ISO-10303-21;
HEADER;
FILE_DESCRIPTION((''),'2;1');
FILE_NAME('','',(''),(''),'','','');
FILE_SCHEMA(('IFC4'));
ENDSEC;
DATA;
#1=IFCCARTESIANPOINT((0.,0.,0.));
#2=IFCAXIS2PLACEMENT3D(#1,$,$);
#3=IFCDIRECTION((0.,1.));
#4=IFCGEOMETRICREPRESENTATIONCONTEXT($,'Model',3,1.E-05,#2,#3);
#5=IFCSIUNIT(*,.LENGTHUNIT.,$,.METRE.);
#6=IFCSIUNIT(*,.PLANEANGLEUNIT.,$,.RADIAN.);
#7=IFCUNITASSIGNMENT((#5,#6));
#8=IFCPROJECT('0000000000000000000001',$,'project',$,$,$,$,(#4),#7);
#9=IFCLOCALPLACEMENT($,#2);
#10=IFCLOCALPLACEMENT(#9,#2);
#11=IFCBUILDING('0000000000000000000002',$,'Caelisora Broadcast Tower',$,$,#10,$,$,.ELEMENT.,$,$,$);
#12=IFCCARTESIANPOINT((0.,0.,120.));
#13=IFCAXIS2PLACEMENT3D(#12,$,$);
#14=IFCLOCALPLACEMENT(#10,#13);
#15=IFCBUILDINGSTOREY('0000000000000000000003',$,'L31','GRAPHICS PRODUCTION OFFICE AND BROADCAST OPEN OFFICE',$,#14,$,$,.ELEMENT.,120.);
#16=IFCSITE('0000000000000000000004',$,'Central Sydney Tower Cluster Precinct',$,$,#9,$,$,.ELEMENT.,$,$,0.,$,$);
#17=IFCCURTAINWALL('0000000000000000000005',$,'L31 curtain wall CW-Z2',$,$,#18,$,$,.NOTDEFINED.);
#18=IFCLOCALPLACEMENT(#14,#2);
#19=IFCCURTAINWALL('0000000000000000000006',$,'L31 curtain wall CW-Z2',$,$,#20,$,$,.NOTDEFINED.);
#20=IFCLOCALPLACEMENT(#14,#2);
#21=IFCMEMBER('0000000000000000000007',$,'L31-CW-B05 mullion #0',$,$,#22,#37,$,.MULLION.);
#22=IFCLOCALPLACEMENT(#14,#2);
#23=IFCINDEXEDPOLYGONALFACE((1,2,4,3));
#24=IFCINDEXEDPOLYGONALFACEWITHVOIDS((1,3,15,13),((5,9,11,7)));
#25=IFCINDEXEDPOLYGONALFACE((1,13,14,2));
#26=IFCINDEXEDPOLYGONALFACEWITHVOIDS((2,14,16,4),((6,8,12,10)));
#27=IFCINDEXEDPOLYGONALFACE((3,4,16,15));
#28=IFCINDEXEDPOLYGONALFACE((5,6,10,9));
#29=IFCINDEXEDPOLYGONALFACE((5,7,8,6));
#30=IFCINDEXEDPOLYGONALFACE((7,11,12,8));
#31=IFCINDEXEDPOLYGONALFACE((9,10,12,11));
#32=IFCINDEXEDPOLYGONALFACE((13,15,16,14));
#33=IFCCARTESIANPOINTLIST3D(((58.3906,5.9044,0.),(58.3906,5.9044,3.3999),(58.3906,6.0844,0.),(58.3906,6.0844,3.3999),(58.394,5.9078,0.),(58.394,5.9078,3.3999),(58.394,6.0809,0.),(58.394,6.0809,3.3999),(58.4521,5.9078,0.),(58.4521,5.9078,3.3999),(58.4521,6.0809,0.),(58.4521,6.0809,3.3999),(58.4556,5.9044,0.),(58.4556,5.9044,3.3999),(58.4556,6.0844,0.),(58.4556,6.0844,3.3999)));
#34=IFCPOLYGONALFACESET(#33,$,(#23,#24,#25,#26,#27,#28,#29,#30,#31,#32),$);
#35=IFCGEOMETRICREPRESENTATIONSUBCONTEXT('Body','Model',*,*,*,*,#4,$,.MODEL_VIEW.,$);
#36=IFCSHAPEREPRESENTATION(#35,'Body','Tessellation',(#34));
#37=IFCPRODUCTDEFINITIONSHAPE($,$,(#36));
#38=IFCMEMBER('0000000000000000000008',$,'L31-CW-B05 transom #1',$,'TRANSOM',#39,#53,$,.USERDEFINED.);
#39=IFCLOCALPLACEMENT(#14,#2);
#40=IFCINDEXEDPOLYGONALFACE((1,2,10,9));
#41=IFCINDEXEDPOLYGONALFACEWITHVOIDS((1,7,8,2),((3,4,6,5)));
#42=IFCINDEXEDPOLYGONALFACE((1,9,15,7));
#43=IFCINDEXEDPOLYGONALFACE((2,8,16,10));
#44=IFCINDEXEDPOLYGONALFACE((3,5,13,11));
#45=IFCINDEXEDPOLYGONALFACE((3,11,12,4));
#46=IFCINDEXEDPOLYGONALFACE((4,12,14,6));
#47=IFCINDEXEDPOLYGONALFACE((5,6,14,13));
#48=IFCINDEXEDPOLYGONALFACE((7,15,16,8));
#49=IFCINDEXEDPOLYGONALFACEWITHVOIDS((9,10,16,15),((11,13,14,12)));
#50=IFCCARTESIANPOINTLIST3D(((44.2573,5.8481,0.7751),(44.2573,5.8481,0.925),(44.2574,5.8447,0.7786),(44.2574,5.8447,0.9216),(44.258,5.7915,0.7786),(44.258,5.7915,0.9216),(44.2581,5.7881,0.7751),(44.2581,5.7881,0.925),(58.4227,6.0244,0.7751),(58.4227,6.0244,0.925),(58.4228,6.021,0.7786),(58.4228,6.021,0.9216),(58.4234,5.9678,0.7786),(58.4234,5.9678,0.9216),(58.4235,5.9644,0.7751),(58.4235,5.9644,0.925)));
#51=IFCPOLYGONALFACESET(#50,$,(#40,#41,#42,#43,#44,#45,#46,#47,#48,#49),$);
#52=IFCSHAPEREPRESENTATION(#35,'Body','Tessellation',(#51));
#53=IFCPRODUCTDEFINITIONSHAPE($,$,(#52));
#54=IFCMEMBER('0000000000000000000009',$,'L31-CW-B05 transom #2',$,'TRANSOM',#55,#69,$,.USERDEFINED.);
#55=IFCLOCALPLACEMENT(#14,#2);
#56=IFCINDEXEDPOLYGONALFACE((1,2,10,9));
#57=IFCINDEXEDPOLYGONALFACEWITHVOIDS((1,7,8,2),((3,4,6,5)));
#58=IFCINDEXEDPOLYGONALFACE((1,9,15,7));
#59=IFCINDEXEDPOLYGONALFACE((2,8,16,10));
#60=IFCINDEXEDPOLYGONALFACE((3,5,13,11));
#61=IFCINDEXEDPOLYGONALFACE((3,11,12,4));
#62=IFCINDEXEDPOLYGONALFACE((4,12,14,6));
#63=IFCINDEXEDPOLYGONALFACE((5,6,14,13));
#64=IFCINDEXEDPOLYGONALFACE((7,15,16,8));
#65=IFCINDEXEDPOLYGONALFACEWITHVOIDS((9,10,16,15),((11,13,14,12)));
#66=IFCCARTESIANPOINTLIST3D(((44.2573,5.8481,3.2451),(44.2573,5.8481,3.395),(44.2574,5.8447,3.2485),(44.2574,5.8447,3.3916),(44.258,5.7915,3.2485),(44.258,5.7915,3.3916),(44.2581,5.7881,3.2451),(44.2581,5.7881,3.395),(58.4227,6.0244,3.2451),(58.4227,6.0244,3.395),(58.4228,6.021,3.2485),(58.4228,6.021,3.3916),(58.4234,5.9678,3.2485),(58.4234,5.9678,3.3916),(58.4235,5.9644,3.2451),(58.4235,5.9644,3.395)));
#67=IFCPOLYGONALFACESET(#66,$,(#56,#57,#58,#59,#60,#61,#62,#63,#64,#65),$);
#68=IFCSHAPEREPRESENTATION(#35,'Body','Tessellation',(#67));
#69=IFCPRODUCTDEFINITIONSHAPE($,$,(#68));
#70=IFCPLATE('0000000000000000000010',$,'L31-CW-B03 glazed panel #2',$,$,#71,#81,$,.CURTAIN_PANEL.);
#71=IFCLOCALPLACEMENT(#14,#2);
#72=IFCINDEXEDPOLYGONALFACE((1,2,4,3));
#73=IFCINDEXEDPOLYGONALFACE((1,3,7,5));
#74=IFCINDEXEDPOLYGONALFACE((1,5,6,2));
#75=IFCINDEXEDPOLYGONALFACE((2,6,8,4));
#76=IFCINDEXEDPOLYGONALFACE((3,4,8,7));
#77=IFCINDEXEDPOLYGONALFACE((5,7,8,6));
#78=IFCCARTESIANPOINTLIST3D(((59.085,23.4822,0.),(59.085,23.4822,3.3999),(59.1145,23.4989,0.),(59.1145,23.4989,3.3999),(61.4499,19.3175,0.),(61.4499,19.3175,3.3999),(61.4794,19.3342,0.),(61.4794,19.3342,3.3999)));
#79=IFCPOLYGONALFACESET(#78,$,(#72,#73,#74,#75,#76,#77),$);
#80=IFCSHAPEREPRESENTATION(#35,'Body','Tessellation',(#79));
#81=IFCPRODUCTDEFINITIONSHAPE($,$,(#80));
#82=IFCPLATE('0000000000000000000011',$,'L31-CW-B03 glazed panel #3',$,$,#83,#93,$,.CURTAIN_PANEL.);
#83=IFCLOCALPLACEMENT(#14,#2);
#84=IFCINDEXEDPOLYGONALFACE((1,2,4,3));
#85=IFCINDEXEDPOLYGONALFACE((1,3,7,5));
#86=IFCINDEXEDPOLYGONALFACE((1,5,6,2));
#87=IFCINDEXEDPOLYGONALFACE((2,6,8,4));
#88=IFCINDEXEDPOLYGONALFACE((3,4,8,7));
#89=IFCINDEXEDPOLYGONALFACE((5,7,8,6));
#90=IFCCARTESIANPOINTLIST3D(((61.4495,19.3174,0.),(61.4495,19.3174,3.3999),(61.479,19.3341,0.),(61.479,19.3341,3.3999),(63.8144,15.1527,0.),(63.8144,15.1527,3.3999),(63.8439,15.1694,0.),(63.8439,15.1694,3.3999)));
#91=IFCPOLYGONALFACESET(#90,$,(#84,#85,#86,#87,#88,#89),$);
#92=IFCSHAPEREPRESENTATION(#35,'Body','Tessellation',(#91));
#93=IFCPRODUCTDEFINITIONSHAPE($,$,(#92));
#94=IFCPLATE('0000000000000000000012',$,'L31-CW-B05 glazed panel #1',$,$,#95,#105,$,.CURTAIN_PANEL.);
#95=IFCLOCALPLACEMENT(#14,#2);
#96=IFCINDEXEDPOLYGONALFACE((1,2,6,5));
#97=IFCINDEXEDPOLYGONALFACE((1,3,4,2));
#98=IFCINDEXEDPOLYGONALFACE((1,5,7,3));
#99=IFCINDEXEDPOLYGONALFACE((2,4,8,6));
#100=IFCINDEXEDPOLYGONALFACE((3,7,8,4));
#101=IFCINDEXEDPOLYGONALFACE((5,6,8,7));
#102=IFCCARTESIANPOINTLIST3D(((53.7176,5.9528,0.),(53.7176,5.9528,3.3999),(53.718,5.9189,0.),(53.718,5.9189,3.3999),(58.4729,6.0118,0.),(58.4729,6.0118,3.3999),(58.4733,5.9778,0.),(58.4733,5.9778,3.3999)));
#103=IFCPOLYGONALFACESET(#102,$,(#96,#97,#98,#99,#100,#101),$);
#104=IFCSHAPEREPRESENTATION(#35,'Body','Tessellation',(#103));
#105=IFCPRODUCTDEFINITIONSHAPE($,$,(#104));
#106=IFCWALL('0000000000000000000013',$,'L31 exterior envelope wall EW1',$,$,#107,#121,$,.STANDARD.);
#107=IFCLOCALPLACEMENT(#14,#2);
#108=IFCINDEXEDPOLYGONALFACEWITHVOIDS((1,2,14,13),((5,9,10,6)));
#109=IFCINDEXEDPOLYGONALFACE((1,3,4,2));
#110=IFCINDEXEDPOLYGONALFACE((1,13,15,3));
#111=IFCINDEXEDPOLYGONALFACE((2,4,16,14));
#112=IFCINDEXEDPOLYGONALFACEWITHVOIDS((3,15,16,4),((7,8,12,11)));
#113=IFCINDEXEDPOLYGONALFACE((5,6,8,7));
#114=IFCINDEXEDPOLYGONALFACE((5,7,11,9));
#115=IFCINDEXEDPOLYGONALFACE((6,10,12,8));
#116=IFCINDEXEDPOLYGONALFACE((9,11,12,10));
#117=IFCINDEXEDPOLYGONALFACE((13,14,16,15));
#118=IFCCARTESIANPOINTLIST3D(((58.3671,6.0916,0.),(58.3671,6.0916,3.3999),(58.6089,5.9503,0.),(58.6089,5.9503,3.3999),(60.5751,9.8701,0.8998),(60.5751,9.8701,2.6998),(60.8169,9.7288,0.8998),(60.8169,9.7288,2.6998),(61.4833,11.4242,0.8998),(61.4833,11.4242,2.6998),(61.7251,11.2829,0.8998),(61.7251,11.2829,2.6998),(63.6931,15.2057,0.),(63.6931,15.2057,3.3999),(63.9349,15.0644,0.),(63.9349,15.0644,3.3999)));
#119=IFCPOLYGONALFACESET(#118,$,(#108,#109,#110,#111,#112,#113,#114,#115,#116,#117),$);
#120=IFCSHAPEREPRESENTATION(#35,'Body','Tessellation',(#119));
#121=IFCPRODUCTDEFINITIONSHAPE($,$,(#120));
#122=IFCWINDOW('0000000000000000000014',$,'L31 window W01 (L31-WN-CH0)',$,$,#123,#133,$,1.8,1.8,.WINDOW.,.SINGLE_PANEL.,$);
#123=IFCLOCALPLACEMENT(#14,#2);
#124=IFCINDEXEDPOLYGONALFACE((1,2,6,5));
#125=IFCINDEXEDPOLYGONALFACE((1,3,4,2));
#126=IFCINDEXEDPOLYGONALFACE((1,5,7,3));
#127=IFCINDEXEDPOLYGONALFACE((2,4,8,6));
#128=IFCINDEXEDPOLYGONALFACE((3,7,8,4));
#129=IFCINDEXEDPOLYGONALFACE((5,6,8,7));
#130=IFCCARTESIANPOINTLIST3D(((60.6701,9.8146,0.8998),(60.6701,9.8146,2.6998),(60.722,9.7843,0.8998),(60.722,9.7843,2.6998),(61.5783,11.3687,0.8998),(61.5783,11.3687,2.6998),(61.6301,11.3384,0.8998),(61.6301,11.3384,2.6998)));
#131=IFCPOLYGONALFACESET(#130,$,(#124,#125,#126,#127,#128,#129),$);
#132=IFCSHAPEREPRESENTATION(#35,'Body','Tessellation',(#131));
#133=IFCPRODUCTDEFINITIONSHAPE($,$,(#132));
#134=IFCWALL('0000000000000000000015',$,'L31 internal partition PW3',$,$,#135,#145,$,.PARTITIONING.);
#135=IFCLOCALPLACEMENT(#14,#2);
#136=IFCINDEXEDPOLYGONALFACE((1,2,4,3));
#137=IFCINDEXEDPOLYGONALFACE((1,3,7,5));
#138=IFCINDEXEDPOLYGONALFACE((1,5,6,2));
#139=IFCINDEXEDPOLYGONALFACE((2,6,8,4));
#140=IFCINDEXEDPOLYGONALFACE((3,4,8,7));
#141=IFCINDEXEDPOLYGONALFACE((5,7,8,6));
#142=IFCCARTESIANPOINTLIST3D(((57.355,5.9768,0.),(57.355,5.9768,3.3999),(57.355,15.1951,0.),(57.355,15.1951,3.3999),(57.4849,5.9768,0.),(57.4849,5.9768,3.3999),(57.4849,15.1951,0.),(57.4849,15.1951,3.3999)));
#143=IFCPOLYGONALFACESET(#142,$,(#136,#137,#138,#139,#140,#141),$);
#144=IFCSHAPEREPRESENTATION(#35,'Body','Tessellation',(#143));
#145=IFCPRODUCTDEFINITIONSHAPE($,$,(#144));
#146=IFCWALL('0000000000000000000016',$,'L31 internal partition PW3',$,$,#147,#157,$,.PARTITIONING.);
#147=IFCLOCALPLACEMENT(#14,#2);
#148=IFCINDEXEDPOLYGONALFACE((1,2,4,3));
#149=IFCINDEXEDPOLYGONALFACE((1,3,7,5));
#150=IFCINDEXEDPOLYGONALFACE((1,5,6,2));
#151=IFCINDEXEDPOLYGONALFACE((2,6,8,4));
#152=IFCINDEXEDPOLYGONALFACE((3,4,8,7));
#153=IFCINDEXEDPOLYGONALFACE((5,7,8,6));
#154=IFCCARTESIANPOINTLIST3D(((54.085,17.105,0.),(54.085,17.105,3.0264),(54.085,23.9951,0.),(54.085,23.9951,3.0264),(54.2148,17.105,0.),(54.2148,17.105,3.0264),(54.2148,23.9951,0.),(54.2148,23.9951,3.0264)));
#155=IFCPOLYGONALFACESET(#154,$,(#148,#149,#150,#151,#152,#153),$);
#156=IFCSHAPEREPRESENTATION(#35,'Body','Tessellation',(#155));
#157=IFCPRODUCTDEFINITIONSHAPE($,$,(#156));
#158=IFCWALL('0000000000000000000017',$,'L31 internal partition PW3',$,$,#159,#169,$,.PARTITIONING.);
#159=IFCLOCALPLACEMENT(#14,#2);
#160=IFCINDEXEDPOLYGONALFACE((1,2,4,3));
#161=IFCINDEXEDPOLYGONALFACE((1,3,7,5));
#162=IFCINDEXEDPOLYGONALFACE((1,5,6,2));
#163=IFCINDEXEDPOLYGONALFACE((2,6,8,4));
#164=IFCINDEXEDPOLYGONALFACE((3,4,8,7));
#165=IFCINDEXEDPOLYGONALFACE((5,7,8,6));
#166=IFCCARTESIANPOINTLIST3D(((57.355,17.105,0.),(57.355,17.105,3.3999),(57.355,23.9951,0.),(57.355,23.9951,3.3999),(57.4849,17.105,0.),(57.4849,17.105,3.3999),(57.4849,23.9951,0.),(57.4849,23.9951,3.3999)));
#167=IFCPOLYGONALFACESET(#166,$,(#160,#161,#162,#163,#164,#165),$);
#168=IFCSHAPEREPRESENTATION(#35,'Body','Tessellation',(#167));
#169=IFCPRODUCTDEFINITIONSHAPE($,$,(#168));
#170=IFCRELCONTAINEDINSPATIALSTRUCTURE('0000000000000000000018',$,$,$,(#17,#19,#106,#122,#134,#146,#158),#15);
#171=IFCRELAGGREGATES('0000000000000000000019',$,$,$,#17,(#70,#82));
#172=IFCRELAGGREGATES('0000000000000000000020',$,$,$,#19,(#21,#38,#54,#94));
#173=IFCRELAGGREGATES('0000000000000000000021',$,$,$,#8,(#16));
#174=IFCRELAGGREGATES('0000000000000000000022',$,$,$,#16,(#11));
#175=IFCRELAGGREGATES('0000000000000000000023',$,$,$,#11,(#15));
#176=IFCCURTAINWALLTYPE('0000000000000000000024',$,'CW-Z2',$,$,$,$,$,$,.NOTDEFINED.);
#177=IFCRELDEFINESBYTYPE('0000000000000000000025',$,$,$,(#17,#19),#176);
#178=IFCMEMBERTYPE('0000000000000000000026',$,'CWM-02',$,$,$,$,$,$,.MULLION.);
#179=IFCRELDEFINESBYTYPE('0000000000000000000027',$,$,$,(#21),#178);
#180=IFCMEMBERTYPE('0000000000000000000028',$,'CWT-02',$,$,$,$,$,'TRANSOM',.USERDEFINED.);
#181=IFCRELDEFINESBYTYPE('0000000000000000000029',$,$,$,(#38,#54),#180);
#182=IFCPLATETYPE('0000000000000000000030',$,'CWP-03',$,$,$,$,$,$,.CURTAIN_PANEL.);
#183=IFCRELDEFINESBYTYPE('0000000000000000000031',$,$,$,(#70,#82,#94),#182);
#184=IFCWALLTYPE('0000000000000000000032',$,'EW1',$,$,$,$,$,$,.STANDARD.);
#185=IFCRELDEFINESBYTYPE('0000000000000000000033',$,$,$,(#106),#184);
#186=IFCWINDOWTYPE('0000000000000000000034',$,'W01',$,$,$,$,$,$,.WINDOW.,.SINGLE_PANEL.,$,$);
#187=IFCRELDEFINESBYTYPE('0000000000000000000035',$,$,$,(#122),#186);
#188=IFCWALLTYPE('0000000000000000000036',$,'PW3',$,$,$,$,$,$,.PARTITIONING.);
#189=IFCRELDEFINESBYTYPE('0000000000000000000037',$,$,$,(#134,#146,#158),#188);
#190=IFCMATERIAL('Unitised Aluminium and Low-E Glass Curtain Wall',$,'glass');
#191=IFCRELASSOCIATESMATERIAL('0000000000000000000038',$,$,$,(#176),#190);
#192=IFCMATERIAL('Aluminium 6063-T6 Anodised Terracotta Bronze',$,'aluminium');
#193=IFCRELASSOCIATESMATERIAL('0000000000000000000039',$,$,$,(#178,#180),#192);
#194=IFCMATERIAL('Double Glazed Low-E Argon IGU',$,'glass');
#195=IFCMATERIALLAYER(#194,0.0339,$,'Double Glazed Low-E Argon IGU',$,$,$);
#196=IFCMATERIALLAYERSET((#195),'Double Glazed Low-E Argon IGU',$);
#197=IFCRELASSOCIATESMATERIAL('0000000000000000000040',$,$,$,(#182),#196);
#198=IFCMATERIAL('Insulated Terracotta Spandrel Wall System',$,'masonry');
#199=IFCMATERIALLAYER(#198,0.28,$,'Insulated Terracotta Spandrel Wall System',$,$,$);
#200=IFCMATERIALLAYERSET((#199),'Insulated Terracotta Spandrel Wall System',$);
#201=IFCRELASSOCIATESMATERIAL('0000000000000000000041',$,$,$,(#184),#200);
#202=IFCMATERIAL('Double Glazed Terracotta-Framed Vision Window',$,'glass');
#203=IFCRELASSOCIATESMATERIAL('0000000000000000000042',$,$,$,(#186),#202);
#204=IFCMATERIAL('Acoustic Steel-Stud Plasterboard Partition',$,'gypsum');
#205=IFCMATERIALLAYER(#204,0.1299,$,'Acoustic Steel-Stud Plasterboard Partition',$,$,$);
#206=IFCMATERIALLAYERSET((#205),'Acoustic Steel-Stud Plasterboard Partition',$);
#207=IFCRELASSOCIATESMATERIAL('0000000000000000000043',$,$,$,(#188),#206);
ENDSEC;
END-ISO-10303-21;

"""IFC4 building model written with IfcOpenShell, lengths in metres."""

from ifc_helpers import new_model, si_unit, direction, frame, frame_2d, origin, origin_2d, place, context, subcontext, project, spatial, rectangle, hollow_rectangle, extrude, source, transform, mapped, material, layer, layer_set, material_profile, profile_set, type_object, type_shapes, element, fill, aggregate, save


model = new_model("IFC4")

# Units and contexts
model_context = context("Model", 3, precision=1e-05, world=origin(), true_north=direction((0.0, 1.0)))
body_context = subcontext(model_context, "Body", "Model", "MODEL_VIEW")
ifc_project = project(units=[si_unit("LENGTHUNIT", "METRE"), si_unit("PLANEANGLEUNIT", "RADIAN")], contexts=[model_context])

# Site, building, storey
site_placement = place(None, origin())
site = spatial("IfcSite", under=ifc_project, at=site_placement, Name="Central Sydney Tower Cluster Precinct", CompositionType="ELEMENT", RefElevation=0.0)
building_placement = place(site_placement, origin())
building = spatial("IfcBuilding", under=site, at=building_placement, Name="Caelisora Broadcast Tower", CompositionType="ELEMENT")
storey_placement = place(building_placement, frame((0.0, 0.0, 120.0)))
storey = spatial("IfcBuildingStorey", under=building, at=storey_placement, Name="L31", Description="GRAPHICS PRODUCTION OFFICE AND BROADCAST OPEN OFFICE", CompositionType="ELEMENT", Elevation=120.0)

# Curtain walls, members
ifc_material_1 = material(Name="Unitised Aluminium and Low-E Glass Curtain Wall", Category="glass")
curtain_wall_type = type_object("IfcCurtainWallType", Name="CW-Z2", PredefinedType="NOTDEFINED", material=ifc_material_1)
curtain_wall_1_placement = place(storey_placement, origin())
curtain_wall_1 = element("IfcCurtainWall", 1, at=curtain_wall_1_placement, inside=storey, type_object=curtain_wall_type, Name="L31 curtain wall CW-Z2", PredefinedType="NOTDEFINED")
ifc_material_2 = material(Name="Aluminium 6063-T6 Anodised Terracotta Bronze", Category="aluminium")
ifc_material_profile_1 = material_profile(ifc_material_2, hollow_rectangle(XDim=0.0649, YDim=0.1799, WallThickness=0.0034, at=origin_2d()), Name="Aluminium 6063-T6 Anodised Terracotta Bronze")
ifc_profile_set_1 = profile_set([ifc_material_profile_1], Name="Aluminium 6063-T6 Anodised Terracotta Bronze")
member_type_1 = type_object("IfcMemberType", Name="CWM-02", PredefinedType="MULLION", material=ifc_profile_set_1)
shared_shape_1 = source(origin(), body_context, "Body", "SweptSolid", [
    extrude(hollow_rectangle(XDim=0.0649, YDim=0.1799, WallThickness=0.0034, at=origin_2d()), origin(), (0.0, 0.0, 1.0), 3.3999),
])
type_shapes(member_type_1, [shared_shape_1])
curtain_wall_2_placement = place(storey_placement, origin())
curtain_wall_2 = element("IfcCurtainWall", 2, at=curtain_wall_2_placement, inside=storey, type_object=curtain_wall_type, Name="L31 curtain wall CW-Z2", PredefinedType="NOTDEFINED")
member_1_placement = place(storey_placement, frame((58.4231, 5.9944, 0.0), z_axis=(0.0, 0.0, 1.0), x_axis=(1.0, 0.0, 0.0)))
member_1 = element("IfcMember", 3, at=member_1_placement, type_object=member_type_1, Name="L31-CW-B05 mullion #0", PredefinedType="MULLION", context=body_context, shape_type="MappedRepresentation", body=[
    mapped(shared_shape_1, transform((0.0, 0.0, 0.0), scale=1.0)),
])
ifc_material_profile_2 = material_profile(ifc_material_2, hollow_rectangle(XDim=0.0601, YDim=0.1499, WallThickness=0.0034, at=origin_2d()), Name="Aluminium 6063-T6 Anodised Terracotta Bronze")
ifc_profile_set_2 = profile_set([ifc_material_profile_2], Name="Aluminium 6063-T6 Anodised Terracotta Bronze")
member_type_2 = type_object("IfcMemberType", Name="CWT-02", ElementType="TRANSOM", PredefinedType="USERDEFINED", material=ifc_profile_set_2)
shared_shape_2 = source(origin(), body_context, "Body", "SweptSolid", [
    extrude(hollow_rectangle(XDim=0.0601, YDim=0.1499, WallThickness=0.0034, at=origin_2d()), origin(), (0.0, 0.0, 1.0), 14.1665),
])
type_shapes(member_type_2, [shared_shape_2])
member_2_placement = place(storey_placement, frame((58.4231, 5.9944, 0.8501), z_axis=(-0.999923, -0.012443, 0.0), x_axis=(0.012443, -0.999923, 0.0)))
member_2 = element("IfcMember", 4, at=member_2_placement, type_object=member_type_2, Name="L31-CW-B05 transom #1", ObjectType="TRANSOM", PredefinedType="USERDEFINED", context=body_context, shape_type="MappedRepresentation", body=[
    mapped(shared_shape_2, transform((0.0, 0.0, 0.0), scale=1.0)),
])
member_3_placement = place(storey_placement, frame((58.4231, 5.9944, 3.3201), z_axis=(-0.999923, -0.012443, 0.0), x_axis=(0.012443, -0.999923, 0.0)))
member_3 = element("IfcMember", 5, at=member_3_placement, type_object=member_type_2, Name="L31-CW-B05 transom #2", ObjectType="TRANSOM", PredefinedType="USERDEFINED", context=body_context, shape_type="MappedRepresentation", body=[
    mapped(shared_shape_2, transform((0.0, 0.0, 0.0), scale=1.0)),
])

# Plates
ifc_material_3 = material(Name="Double Glazed Low-E Argon IGU", Category="glass")
ifc_layer_1 = layer(ifc_material_3, 0.0339, Name="Double Glazed Low-E Argon IGU")
ifc_layer_set_1 = layer_set([ifc_layer_1], Name="Double Glazed Low-E Argon IGU")
plate_type = type_object("IfcPlateType", Name="CWP-03", PredefinedType="CURTAIN_PANEL", material=ifc_layer_set_1)
shared_shape_3 = source(origin(), body_context, "Body", "SweptSolid", [
    extrude(rectangle(XDim=4.7893, YDim=0.0339, at=origin_2d()), origin(), (0.0, 0.0, 1.0), 3.3999),
])
plate_1_placement = place(storey_placement, frame((60.2822, 21.4082, 0.0), z_axis=(0.0, 0.0, 1.0), x_axis=(0.49379, -0.869581, 0.0)))
plate_1 = element("IfcPlate", 6, at=plate_1_placement, type_object=plate_type, Name="L31-CW-B03 glazed panel #2", PredefinedType="CURTAIN_PANEL", context=body_context, shape_type="MappedRepresentation", body=[
    mapped(shared_shape_3, transform((0.0, 0.0, 0.0), scale=1.0)),
])
plate_2_placement = place(storey_placement, frame((62.6467, 17.2434, 0.0), z_axis=(0.0, 0.0, 1.0), x_axis=(0.49379, -0.869581, 0.0)))
plate_2 = element("IfcPlate", 7, at=plate_2_placement, type_object=plate_type, Name="L31-CW-B03 glazed panel #3", PredefinedType="CURTAIN_PANEL", context=body_context, shape_type="MappedRepresentation", body=[
    mapped(shared_shape_3, transform((0.0, 0.0, 0.0), scale=1.0)),
])
aggregate(curtain_wall_1, [plate_1, plate_2])
shared_shape_4 = source(origin(), body_context, "Body", "SweptSolid", [
    extrude(rectangle(XDim=4.7556, YDim=0.0339, at=origin_2d()), origin(), (0.0, 0.0, 1.0), 3.3999),
])
type_shapes(plate_type, [shared_shape_3, shared_shape_4])
plate_3_placement = place(storey_placement, frame((56.0955, 5.9653, 0.0), z_axis=(0.0, 0.0, 1.0), x_axis=(-0.999923, -0.012392, 0.0)))
plate_3 = element("IfcPlate", 8, at=plate_3_placement, type_object=plate_type, Name="L31-CW-B05 glazed panel #1", PredefinedType="CURTAIN_PANEL", context=body_context, shape_type="MappedRepresentation", body=[
    mapped(shared_shape_4, transform((0.0, 0.0, 0.0), scale=1.0)),
])
aggregate(curtain_wall_2, [member_1, member_2, member_3, plate_3])

# Wall, opening, window
ifc_material_4 = material(Name="Insulated Terracotta Spandrel Wall System", Category="masonry")
ifc_layer_2 = layer(ifc_material_4, 0.28, Name="Insulated Terracotta Spandrel Wall System")
ifc_layer_set_2 = layer_set([ifc_layer_2], Name="Insulated Terracotta Spandrel Wall System")
wall_type_1 = type_object("IfcWallType", Name="EW1", PredefinedType="STANDARD", material=ifc_layer_set_2)
wall_1_placement = place(storey_placement, frame((63.814, 15.135, 0.0), z_axis=(0.0, 0.0, 1.0), x_axis=(-0.504537, -0.86339, 0.0)))
wall_1 = element("IfcWall", 9, at=wall_1_placement, inside=storey, type_object=wall_type_1, Name="L31 exterior envelope wall EW1", PredefinedType="STANDARD", context=body_context, shape_type="SweptSolid", body=[
    extrude(rectangle(XDim=10.5562, YDim=0.28, at=frame_2d((5.2781, 0.0))), origin(), (0.0, 0.0, 1.0), 3.3999),
])
opening_1_placement = place(wall_1_placement, frame((4.3799, 0.0, 0.8999)))
opening_1 = element("IfcOpeningElement", 10, at=opening_1_placement, cuts=wall_1, PredefinedType="OPENING", context=body_context, shape_type="SweptSolid", body=[
    extrude(rectangle(XDim=1.8, YDim=1.8, at=frame_2d((0.8999, 0.8999))), frame((0.0, 0.1521, 0.0), z_axis=(0.0, -1.0, 0.0), x_axis=(1.0, 0.0, 0.0)), (0.0, 0.0, 1.0), 0.304),
])
ifc_material_5 = material(Name="Double Glazed Terracotta-Framed Vision Window", Category="glass")
window_type = type_object("IfcWindowType", Name="W01", PartitioningType="SINGLE_PANEL", PredefinedType="WINDOW", material=ifc_material_5)
window_placement = place(opening_1_placement, origin())
window = element("IfcWindow", 11, at=window_placement, inside=storey, type_object=window_type, Name="L31 window W01 (L31-WN-CH0)", OverallHeight=1.8, OverallWidth=1.8, PartitioningType="SINGLE_PANEL", PredefinedType="WINDOW", context=body_context, shape_type="SweptSolid", body=[
    extrude(rectangle(XDim=1.8, YDim=1.8, at=frame_2d((0.8999, 0.8999))), frame((0.0, 0.03, 0.0), z_axis=(0.0, -1.0, 0.0), x_axis=(1.0, 0.0, 0.0)), (0.0, 0.0, 1.0), 0.0601),
])
fill(opening_1, window)

# Walls
ifc_material_6 = material(Name="Acoustic Steel-Stud Plasterboard Partition", Category="gypsum")
ifc_layer_3 = layer(ifc_material_6, 0.1299, Name="Acoustic Steel-Stud Plasterboard Partition")
ifc_layer_set_3 = layer_set([ifc_layer_3], Name="Acoustic Steel-Stud Plasterboard Partition")
wall_type_2 = type_object("IfcWallType", Name="PW3", PredefinedType="PARTITIONING", material=ifc_layer_set_3)
wall_2_placement = place(storey_placement, frame((57.4199, 5.9768, 0.0), z_axis=(0.0, 0.0, 1.0), x_axis=(0.0, 1.0, 0.0)))
element("IfcWall", 12, at=wall_2_placement, inside=storey, type_object=wall_type_2, Name="L31 internal partition PW3", PredefinedType="PARTITIONING", context=body_context, shape_type="SweptSolid", body=[
    extrude(rectangle(XDim=9.2183, YDim=0.1299, at=frame_2d((4.6091, 0.0))), origin(), (0.0, 0.0, 1.0), 3.3999),
])
wall_3_placement = place(storey_placement, frame((54.1499, 17.105, 0.0), z_axis=(0.0, 0.0, 1.0), x_axis=(0.0, 1.0, 0.0)))
element("IfcWall", 13, at=wall_3_placement, inside=storey, type_object=wall_type_2, Name="L31 internal partition PW3", PredefinedType="PARTITIONING", context=body_context, shape_type="SweptSolid", body=[
    extrude(rectangle(XDim=6.8901, YDim=0.1299, at=frame_2d((3.4451, 0.0))), origin(), (0.0, 0.0, 1.0), 3.0264),
])
wall_4_placement = place(storey_placement, frame((57.4199, 17.105, 0.0), z_axis=(0.0, 0.0, 1.0), x_axis=(0.0, 1.0, 0.0)))
element("IfcWall", 14, at=wall_4_placement, inside=storey, type_object=wall_type_2, Name="L31 internal partition PW3", PredefinedType="PARTITIONING", context=body_context, shape_type="SweptSolid", body=[
    extrude(rectangle(XDim=6.8901, YDim=0.1299, at=frame_2d((3.4451, 0.0))), origin(), (0.0, 0.0, 1.0), 3.3999),
])

save(model, "model.ifc")
